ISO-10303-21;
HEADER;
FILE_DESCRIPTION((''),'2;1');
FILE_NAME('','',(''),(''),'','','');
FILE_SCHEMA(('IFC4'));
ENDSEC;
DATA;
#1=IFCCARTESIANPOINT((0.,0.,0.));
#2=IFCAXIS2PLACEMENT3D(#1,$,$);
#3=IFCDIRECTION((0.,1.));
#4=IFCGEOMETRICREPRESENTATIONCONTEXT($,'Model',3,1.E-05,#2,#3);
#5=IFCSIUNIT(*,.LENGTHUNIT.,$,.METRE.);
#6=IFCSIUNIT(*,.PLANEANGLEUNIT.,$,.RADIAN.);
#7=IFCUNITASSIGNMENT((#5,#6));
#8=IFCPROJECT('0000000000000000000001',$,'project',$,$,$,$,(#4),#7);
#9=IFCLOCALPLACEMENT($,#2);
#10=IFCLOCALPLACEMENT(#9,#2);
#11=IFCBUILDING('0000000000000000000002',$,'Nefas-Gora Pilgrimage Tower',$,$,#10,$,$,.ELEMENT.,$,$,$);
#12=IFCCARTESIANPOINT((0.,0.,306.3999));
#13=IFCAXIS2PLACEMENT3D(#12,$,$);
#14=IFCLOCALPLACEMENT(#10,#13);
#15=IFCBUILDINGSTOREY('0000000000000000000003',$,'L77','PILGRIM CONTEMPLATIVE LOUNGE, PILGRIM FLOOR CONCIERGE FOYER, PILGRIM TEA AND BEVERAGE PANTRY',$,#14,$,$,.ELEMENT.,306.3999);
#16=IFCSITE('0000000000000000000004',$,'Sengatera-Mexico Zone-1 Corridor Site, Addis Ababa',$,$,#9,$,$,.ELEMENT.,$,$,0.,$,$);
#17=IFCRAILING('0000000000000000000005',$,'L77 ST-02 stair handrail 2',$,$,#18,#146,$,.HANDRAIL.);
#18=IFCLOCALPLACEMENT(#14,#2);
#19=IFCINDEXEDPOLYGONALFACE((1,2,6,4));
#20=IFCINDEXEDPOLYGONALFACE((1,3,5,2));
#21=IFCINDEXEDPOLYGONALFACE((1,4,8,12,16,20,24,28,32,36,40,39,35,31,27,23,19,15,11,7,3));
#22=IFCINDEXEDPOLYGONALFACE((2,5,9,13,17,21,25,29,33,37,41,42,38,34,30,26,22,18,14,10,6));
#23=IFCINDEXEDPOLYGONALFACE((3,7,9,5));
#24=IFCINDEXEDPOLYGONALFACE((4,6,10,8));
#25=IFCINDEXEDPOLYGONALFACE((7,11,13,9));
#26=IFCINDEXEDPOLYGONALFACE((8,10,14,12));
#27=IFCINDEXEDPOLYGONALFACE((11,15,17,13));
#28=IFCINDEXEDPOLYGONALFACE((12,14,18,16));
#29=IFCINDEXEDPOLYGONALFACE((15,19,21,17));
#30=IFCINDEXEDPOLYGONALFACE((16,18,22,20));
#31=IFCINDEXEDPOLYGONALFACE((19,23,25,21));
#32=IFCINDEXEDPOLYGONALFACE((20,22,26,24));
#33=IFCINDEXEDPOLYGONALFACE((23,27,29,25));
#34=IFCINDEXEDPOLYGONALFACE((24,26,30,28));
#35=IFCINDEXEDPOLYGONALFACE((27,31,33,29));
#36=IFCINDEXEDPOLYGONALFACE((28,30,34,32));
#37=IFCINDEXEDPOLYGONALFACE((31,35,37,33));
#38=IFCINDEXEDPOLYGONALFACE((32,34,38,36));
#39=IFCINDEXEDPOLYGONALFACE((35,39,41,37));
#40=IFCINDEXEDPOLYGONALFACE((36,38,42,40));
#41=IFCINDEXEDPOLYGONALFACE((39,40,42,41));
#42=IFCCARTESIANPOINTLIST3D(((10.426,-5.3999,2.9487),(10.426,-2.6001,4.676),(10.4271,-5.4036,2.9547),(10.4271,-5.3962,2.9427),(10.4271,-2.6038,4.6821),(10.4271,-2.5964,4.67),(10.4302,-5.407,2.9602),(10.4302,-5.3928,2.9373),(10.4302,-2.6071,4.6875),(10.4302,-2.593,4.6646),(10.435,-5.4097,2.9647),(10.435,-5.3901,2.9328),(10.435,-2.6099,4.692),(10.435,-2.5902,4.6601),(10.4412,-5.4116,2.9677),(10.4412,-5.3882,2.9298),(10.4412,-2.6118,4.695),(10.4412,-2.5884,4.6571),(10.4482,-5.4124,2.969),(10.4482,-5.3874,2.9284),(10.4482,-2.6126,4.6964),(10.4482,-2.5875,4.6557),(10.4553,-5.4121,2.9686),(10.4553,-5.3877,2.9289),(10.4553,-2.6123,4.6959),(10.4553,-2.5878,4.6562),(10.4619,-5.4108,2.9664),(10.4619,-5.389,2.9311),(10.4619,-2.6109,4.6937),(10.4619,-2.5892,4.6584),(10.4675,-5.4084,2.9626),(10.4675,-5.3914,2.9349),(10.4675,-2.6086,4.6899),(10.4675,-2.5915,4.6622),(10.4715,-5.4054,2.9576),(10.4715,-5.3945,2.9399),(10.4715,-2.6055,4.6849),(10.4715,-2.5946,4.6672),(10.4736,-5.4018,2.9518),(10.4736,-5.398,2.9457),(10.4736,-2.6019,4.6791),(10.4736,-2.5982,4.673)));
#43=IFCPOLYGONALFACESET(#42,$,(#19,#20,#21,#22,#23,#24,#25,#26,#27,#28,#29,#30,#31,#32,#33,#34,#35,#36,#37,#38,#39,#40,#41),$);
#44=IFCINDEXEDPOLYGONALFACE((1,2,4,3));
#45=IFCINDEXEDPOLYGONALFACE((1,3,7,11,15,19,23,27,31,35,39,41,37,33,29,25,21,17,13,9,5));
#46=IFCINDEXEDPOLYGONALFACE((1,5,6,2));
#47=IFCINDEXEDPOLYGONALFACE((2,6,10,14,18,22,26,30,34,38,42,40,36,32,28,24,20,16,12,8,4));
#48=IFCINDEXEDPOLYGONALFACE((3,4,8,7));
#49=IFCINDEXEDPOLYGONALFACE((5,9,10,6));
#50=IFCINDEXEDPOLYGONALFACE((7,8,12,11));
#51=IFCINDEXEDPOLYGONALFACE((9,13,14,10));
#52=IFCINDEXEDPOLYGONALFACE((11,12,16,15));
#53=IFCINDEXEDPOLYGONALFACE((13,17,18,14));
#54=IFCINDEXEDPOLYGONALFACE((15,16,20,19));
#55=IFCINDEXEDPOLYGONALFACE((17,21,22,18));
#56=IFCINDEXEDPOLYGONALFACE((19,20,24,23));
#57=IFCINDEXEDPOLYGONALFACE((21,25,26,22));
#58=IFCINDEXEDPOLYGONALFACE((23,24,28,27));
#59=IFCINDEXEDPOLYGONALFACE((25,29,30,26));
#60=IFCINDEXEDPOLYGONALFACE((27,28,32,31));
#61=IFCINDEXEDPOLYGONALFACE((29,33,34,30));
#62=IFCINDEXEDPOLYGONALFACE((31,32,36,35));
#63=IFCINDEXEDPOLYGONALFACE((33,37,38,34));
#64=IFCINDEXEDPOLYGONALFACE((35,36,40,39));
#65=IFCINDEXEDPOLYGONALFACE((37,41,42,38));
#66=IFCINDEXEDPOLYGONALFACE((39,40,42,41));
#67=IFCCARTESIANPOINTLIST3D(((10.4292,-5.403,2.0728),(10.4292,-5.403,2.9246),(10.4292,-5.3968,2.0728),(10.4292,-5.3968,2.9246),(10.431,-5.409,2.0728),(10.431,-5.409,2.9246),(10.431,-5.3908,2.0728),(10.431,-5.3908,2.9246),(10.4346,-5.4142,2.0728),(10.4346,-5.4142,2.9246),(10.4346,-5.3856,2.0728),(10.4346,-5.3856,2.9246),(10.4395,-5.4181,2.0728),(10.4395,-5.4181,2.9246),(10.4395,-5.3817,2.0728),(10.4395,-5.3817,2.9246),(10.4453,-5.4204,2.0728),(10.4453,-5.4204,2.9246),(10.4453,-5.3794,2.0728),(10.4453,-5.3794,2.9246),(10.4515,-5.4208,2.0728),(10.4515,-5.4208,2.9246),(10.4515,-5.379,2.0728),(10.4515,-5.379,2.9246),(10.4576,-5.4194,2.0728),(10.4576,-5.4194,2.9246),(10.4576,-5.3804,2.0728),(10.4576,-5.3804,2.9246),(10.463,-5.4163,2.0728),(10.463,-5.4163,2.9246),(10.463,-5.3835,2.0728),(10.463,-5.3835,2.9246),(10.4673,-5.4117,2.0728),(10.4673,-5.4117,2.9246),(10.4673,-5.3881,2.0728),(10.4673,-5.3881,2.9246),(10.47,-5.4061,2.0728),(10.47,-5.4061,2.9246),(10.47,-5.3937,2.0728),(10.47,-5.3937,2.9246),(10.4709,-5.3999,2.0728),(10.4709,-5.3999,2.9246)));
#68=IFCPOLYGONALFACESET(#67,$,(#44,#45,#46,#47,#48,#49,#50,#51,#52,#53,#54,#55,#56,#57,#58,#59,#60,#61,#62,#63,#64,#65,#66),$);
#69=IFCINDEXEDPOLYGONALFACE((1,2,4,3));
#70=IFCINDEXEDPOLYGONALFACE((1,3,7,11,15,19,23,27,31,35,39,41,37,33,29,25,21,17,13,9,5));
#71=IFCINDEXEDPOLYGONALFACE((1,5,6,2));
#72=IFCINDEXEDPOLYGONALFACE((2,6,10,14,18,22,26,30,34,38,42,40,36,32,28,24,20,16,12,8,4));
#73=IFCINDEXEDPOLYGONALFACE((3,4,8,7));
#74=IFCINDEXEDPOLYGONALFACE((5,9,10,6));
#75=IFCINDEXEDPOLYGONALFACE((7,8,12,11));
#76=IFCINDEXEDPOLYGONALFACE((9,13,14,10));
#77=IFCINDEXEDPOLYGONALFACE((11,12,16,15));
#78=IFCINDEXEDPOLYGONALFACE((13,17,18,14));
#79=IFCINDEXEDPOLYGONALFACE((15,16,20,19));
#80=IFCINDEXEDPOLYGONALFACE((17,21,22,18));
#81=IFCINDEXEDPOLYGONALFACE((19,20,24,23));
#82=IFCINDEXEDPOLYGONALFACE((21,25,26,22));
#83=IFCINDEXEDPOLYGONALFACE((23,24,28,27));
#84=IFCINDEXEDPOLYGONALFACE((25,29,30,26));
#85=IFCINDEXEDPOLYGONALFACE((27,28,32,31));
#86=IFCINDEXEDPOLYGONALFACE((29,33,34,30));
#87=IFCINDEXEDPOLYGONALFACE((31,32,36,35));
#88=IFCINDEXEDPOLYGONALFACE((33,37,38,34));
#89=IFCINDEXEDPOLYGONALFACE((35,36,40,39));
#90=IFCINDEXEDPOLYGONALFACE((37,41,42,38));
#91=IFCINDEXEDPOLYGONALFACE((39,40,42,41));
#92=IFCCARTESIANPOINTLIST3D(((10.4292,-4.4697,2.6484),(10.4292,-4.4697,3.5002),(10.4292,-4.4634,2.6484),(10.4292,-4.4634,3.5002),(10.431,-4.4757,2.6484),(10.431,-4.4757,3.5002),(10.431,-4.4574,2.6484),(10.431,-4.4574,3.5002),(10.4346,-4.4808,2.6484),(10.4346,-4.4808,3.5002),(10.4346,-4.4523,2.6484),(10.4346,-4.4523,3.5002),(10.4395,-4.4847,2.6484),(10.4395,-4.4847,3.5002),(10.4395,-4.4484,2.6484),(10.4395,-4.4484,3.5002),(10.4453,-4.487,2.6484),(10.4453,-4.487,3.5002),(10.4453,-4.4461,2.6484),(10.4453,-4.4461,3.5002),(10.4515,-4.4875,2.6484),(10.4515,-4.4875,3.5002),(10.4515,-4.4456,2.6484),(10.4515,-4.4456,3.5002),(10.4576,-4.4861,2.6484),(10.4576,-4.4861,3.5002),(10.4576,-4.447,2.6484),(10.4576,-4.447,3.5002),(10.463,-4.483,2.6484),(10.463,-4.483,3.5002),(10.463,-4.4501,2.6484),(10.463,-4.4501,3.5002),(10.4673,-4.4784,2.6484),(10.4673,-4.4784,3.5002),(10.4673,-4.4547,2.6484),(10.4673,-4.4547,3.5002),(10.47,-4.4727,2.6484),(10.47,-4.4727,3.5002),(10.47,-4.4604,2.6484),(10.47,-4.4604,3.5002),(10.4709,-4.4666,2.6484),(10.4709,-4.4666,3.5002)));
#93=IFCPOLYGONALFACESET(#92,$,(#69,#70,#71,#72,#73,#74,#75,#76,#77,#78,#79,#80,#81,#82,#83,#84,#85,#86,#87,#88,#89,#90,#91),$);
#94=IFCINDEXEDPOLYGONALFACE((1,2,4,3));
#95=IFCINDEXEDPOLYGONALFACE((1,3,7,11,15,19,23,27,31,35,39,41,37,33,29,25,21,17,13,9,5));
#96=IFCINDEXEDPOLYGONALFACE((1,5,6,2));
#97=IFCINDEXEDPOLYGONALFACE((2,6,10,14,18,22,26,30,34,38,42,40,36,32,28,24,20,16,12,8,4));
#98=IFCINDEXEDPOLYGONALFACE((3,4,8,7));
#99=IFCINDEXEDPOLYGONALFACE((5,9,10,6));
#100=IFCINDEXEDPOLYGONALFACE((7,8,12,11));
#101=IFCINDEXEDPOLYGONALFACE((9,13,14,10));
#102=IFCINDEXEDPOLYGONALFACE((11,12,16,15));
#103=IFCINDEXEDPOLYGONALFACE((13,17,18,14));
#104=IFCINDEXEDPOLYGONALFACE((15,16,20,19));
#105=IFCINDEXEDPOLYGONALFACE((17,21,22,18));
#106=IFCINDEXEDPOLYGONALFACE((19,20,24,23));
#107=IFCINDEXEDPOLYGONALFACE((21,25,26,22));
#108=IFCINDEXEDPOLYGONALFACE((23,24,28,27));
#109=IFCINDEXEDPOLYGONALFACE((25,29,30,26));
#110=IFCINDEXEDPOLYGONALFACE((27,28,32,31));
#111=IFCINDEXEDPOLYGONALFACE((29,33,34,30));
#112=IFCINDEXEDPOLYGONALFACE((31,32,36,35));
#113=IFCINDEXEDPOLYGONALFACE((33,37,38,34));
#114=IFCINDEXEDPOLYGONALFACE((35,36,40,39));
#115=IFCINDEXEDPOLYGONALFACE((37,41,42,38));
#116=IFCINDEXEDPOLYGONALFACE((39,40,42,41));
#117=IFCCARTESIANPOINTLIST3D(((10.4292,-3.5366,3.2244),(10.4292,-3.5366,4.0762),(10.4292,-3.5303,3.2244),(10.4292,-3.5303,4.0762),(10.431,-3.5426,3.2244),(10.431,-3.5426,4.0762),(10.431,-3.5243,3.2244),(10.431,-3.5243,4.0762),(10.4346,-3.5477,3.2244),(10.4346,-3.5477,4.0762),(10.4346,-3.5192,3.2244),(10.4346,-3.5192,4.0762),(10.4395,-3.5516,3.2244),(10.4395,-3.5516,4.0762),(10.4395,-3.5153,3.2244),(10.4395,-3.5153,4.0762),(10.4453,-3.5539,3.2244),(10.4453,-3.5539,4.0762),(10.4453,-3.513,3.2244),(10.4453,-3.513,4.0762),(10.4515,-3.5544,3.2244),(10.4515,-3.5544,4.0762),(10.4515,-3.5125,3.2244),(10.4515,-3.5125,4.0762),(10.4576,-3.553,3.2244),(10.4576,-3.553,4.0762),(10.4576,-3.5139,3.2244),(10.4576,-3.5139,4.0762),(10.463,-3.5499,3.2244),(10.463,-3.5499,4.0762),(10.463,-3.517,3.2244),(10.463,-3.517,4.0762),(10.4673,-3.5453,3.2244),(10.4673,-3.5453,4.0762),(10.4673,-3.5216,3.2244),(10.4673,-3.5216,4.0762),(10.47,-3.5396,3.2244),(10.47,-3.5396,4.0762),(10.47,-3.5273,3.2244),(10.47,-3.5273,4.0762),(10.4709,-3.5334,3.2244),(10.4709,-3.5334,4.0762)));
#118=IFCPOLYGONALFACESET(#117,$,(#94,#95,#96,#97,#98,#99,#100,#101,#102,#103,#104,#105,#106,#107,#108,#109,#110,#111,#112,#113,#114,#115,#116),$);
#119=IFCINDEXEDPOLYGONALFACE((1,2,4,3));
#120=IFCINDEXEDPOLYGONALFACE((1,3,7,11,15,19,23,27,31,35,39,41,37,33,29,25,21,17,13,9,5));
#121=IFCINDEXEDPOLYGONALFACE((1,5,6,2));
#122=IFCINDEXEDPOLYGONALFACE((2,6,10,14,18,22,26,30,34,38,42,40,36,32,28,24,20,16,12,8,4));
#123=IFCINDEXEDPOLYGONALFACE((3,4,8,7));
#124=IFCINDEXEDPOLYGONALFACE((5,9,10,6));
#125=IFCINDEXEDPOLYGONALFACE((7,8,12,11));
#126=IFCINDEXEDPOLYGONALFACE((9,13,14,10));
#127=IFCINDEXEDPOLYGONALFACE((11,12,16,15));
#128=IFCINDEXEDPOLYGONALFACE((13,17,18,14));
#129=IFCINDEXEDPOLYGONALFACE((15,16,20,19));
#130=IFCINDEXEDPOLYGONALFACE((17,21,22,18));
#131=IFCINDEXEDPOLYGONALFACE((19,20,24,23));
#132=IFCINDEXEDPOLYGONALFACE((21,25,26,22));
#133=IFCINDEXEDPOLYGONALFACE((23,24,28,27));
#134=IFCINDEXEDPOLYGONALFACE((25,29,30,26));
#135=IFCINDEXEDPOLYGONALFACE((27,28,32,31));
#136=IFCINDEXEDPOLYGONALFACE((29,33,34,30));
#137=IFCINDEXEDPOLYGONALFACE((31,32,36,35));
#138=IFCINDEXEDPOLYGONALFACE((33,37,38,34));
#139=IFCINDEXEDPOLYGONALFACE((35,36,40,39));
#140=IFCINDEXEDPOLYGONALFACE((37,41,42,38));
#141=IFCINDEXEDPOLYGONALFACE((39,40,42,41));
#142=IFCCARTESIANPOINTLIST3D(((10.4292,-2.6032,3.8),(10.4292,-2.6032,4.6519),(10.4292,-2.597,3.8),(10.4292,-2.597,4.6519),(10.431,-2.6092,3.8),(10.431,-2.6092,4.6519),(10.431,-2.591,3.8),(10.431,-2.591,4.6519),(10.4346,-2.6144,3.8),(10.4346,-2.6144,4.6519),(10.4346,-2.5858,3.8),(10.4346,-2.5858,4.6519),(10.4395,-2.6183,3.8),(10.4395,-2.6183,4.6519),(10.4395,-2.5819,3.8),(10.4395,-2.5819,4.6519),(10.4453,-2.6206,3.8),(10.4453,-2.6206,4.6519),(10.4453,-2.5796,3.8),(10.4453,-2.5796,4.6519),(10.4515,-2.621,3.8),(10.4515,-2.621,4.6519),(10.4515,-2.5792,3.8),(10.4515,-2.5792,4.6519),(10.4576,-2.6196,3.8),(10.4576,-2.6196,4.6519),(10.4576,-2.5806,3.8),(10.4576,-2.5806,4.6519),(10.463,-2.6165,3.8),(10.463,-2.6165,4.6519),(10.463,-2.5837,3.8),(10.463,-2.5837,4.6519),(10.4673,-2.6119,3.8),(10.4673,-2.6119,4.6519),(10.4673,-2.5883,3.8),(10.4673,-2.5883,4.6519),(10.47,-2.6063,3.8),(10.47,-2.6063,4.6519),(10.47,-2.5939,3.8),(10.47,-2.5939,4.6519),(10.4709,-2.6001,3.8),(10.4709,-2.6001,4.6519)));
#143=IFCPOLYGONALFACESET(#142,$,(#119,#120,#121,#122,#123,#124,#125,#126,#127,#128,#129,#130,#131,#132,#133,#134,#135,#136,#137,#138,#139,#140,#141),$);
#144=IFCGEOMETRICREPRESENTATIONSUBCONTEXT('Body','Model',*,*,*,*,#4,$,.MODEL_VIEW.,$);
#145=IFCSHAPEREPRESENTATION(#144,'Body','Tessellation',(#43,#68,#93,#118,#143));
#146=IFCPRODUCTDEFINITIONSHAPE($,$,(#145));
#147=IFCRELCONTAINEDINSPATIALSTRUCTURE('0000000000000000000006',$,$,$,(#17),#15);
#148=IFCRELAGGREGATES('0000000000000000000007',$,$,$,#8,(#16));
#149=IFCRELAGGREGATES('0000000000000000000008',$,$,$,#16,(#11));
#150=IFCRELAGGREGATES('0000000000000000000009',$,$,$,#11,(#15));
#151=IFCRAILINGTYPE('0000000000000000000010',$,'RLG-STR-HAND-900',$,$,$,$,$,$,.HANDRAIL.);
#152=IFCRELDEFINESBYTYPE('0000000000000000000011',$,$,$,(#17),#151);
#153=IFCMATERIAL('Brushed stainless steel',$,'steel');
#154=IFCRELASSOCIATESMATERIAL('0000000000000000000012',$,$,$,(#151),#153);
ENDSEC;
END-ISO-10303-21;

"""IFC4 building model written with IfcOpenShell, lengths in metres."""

from ifc_helpers import new_model, si_unit, direction, frame, origin, origin_2d, place, context, subcontext, project, spatial, circle, extrude, material, type_object, element, save


model = new_model("IFC4")

# Units and contexts
model_context = context("Model", 3, precision=1e-05, world=origin(), true_north=direction((0.0, 1.0)))
body_context = subcontext(model_context, "Body", "Model", "MODEL_VIEW")
ifc_project = project(units=[si_unit("LENGTHUNIT", "METRE"), si_unit("PLANEANGLEUNIT", "RADIAN")], contexts=[model_context])

# Site, building, storey
site_placement = place(None, origin())
site = spatial("IfcSite", under=ifc_project, at=site_placement, Name="Sengatera-Mexico Zone-1 Corridor Site, Addis Ababa", CompositionType="ELEMENT", RefElevation=0.0)
building_placement = place(site_placement, origin())
building = spatial("IfcBuilding", under=site, at=building_placement, Name="Nefas-Gora Pilgrimage Tower", CompositionType="ELEMENT")
storey_placement = place(building_placement, frame((0.0, 0.0, 306.3999)))
storey = spatial("IfcBuildingStorey", under=building, at=storey_placement, Name="L77", Description="PILGRIM CONTEMPLATIVE LOUNGE, PILGRIM FLOOR CONCIERGE FOYER, PILGRIM TEA AND BEVERAGE PANTRY", CompositionType="ELEMENT", Elevation=306.3999)

# Railing
ifc_material_1 = material(Name="Brushed stainless steel", Category="steel")
railing_type_1 = type_object("IfcRailingType", Name="RLG-STR-HAND-900", PredefinedType="HANDRAIL", material=ifc_material_1)
railing_1_placement = place(storey_placement, frame((10.45, -5.3999, 2.0728)))
element("IfcRailing", 1, at=railing_1_placement, inside=storey, type_object=railing_type_1, Name="L77 ST-02 stair handrail 2", PredefinedType="HANDRAIL", context=body_context, shape_type="SweptSolid", body=[
    extrude(circle(Radius=0.0239, at=origin_2d()), frame((0.0, 0.0, 0.876), z_axis=(0.0, 0.851069, 0.525054), x_axis=(-1.0, 0.0, 0.0)), (0.0, 0.0, 1.0), 3.2898),
    extrude(circle(Radius=0.021, at=origin_2d()), origin(), (0.0, 0.0, 1.0), 0.8518),
    extrude(circle(Radius=0.021, at=origin_2d()), frame((0.0, 0.9333, 0.5757)), (0.0, 0.0, 1.0), 0.8518),
    extrude(circle(Radius=0.021, at=origin_2d()), frame((0.0, 1.8665, 1.1516)), (0.0, 0.0, 1.0), 0.8518),
    extrude(circle(Radius=0.021, at=origin_2d()), frame((0.0, 2.7998, 1.7273)), (0.0, 0.0, 1.0), 0.8518),
])

save(model, "model.ifc")
